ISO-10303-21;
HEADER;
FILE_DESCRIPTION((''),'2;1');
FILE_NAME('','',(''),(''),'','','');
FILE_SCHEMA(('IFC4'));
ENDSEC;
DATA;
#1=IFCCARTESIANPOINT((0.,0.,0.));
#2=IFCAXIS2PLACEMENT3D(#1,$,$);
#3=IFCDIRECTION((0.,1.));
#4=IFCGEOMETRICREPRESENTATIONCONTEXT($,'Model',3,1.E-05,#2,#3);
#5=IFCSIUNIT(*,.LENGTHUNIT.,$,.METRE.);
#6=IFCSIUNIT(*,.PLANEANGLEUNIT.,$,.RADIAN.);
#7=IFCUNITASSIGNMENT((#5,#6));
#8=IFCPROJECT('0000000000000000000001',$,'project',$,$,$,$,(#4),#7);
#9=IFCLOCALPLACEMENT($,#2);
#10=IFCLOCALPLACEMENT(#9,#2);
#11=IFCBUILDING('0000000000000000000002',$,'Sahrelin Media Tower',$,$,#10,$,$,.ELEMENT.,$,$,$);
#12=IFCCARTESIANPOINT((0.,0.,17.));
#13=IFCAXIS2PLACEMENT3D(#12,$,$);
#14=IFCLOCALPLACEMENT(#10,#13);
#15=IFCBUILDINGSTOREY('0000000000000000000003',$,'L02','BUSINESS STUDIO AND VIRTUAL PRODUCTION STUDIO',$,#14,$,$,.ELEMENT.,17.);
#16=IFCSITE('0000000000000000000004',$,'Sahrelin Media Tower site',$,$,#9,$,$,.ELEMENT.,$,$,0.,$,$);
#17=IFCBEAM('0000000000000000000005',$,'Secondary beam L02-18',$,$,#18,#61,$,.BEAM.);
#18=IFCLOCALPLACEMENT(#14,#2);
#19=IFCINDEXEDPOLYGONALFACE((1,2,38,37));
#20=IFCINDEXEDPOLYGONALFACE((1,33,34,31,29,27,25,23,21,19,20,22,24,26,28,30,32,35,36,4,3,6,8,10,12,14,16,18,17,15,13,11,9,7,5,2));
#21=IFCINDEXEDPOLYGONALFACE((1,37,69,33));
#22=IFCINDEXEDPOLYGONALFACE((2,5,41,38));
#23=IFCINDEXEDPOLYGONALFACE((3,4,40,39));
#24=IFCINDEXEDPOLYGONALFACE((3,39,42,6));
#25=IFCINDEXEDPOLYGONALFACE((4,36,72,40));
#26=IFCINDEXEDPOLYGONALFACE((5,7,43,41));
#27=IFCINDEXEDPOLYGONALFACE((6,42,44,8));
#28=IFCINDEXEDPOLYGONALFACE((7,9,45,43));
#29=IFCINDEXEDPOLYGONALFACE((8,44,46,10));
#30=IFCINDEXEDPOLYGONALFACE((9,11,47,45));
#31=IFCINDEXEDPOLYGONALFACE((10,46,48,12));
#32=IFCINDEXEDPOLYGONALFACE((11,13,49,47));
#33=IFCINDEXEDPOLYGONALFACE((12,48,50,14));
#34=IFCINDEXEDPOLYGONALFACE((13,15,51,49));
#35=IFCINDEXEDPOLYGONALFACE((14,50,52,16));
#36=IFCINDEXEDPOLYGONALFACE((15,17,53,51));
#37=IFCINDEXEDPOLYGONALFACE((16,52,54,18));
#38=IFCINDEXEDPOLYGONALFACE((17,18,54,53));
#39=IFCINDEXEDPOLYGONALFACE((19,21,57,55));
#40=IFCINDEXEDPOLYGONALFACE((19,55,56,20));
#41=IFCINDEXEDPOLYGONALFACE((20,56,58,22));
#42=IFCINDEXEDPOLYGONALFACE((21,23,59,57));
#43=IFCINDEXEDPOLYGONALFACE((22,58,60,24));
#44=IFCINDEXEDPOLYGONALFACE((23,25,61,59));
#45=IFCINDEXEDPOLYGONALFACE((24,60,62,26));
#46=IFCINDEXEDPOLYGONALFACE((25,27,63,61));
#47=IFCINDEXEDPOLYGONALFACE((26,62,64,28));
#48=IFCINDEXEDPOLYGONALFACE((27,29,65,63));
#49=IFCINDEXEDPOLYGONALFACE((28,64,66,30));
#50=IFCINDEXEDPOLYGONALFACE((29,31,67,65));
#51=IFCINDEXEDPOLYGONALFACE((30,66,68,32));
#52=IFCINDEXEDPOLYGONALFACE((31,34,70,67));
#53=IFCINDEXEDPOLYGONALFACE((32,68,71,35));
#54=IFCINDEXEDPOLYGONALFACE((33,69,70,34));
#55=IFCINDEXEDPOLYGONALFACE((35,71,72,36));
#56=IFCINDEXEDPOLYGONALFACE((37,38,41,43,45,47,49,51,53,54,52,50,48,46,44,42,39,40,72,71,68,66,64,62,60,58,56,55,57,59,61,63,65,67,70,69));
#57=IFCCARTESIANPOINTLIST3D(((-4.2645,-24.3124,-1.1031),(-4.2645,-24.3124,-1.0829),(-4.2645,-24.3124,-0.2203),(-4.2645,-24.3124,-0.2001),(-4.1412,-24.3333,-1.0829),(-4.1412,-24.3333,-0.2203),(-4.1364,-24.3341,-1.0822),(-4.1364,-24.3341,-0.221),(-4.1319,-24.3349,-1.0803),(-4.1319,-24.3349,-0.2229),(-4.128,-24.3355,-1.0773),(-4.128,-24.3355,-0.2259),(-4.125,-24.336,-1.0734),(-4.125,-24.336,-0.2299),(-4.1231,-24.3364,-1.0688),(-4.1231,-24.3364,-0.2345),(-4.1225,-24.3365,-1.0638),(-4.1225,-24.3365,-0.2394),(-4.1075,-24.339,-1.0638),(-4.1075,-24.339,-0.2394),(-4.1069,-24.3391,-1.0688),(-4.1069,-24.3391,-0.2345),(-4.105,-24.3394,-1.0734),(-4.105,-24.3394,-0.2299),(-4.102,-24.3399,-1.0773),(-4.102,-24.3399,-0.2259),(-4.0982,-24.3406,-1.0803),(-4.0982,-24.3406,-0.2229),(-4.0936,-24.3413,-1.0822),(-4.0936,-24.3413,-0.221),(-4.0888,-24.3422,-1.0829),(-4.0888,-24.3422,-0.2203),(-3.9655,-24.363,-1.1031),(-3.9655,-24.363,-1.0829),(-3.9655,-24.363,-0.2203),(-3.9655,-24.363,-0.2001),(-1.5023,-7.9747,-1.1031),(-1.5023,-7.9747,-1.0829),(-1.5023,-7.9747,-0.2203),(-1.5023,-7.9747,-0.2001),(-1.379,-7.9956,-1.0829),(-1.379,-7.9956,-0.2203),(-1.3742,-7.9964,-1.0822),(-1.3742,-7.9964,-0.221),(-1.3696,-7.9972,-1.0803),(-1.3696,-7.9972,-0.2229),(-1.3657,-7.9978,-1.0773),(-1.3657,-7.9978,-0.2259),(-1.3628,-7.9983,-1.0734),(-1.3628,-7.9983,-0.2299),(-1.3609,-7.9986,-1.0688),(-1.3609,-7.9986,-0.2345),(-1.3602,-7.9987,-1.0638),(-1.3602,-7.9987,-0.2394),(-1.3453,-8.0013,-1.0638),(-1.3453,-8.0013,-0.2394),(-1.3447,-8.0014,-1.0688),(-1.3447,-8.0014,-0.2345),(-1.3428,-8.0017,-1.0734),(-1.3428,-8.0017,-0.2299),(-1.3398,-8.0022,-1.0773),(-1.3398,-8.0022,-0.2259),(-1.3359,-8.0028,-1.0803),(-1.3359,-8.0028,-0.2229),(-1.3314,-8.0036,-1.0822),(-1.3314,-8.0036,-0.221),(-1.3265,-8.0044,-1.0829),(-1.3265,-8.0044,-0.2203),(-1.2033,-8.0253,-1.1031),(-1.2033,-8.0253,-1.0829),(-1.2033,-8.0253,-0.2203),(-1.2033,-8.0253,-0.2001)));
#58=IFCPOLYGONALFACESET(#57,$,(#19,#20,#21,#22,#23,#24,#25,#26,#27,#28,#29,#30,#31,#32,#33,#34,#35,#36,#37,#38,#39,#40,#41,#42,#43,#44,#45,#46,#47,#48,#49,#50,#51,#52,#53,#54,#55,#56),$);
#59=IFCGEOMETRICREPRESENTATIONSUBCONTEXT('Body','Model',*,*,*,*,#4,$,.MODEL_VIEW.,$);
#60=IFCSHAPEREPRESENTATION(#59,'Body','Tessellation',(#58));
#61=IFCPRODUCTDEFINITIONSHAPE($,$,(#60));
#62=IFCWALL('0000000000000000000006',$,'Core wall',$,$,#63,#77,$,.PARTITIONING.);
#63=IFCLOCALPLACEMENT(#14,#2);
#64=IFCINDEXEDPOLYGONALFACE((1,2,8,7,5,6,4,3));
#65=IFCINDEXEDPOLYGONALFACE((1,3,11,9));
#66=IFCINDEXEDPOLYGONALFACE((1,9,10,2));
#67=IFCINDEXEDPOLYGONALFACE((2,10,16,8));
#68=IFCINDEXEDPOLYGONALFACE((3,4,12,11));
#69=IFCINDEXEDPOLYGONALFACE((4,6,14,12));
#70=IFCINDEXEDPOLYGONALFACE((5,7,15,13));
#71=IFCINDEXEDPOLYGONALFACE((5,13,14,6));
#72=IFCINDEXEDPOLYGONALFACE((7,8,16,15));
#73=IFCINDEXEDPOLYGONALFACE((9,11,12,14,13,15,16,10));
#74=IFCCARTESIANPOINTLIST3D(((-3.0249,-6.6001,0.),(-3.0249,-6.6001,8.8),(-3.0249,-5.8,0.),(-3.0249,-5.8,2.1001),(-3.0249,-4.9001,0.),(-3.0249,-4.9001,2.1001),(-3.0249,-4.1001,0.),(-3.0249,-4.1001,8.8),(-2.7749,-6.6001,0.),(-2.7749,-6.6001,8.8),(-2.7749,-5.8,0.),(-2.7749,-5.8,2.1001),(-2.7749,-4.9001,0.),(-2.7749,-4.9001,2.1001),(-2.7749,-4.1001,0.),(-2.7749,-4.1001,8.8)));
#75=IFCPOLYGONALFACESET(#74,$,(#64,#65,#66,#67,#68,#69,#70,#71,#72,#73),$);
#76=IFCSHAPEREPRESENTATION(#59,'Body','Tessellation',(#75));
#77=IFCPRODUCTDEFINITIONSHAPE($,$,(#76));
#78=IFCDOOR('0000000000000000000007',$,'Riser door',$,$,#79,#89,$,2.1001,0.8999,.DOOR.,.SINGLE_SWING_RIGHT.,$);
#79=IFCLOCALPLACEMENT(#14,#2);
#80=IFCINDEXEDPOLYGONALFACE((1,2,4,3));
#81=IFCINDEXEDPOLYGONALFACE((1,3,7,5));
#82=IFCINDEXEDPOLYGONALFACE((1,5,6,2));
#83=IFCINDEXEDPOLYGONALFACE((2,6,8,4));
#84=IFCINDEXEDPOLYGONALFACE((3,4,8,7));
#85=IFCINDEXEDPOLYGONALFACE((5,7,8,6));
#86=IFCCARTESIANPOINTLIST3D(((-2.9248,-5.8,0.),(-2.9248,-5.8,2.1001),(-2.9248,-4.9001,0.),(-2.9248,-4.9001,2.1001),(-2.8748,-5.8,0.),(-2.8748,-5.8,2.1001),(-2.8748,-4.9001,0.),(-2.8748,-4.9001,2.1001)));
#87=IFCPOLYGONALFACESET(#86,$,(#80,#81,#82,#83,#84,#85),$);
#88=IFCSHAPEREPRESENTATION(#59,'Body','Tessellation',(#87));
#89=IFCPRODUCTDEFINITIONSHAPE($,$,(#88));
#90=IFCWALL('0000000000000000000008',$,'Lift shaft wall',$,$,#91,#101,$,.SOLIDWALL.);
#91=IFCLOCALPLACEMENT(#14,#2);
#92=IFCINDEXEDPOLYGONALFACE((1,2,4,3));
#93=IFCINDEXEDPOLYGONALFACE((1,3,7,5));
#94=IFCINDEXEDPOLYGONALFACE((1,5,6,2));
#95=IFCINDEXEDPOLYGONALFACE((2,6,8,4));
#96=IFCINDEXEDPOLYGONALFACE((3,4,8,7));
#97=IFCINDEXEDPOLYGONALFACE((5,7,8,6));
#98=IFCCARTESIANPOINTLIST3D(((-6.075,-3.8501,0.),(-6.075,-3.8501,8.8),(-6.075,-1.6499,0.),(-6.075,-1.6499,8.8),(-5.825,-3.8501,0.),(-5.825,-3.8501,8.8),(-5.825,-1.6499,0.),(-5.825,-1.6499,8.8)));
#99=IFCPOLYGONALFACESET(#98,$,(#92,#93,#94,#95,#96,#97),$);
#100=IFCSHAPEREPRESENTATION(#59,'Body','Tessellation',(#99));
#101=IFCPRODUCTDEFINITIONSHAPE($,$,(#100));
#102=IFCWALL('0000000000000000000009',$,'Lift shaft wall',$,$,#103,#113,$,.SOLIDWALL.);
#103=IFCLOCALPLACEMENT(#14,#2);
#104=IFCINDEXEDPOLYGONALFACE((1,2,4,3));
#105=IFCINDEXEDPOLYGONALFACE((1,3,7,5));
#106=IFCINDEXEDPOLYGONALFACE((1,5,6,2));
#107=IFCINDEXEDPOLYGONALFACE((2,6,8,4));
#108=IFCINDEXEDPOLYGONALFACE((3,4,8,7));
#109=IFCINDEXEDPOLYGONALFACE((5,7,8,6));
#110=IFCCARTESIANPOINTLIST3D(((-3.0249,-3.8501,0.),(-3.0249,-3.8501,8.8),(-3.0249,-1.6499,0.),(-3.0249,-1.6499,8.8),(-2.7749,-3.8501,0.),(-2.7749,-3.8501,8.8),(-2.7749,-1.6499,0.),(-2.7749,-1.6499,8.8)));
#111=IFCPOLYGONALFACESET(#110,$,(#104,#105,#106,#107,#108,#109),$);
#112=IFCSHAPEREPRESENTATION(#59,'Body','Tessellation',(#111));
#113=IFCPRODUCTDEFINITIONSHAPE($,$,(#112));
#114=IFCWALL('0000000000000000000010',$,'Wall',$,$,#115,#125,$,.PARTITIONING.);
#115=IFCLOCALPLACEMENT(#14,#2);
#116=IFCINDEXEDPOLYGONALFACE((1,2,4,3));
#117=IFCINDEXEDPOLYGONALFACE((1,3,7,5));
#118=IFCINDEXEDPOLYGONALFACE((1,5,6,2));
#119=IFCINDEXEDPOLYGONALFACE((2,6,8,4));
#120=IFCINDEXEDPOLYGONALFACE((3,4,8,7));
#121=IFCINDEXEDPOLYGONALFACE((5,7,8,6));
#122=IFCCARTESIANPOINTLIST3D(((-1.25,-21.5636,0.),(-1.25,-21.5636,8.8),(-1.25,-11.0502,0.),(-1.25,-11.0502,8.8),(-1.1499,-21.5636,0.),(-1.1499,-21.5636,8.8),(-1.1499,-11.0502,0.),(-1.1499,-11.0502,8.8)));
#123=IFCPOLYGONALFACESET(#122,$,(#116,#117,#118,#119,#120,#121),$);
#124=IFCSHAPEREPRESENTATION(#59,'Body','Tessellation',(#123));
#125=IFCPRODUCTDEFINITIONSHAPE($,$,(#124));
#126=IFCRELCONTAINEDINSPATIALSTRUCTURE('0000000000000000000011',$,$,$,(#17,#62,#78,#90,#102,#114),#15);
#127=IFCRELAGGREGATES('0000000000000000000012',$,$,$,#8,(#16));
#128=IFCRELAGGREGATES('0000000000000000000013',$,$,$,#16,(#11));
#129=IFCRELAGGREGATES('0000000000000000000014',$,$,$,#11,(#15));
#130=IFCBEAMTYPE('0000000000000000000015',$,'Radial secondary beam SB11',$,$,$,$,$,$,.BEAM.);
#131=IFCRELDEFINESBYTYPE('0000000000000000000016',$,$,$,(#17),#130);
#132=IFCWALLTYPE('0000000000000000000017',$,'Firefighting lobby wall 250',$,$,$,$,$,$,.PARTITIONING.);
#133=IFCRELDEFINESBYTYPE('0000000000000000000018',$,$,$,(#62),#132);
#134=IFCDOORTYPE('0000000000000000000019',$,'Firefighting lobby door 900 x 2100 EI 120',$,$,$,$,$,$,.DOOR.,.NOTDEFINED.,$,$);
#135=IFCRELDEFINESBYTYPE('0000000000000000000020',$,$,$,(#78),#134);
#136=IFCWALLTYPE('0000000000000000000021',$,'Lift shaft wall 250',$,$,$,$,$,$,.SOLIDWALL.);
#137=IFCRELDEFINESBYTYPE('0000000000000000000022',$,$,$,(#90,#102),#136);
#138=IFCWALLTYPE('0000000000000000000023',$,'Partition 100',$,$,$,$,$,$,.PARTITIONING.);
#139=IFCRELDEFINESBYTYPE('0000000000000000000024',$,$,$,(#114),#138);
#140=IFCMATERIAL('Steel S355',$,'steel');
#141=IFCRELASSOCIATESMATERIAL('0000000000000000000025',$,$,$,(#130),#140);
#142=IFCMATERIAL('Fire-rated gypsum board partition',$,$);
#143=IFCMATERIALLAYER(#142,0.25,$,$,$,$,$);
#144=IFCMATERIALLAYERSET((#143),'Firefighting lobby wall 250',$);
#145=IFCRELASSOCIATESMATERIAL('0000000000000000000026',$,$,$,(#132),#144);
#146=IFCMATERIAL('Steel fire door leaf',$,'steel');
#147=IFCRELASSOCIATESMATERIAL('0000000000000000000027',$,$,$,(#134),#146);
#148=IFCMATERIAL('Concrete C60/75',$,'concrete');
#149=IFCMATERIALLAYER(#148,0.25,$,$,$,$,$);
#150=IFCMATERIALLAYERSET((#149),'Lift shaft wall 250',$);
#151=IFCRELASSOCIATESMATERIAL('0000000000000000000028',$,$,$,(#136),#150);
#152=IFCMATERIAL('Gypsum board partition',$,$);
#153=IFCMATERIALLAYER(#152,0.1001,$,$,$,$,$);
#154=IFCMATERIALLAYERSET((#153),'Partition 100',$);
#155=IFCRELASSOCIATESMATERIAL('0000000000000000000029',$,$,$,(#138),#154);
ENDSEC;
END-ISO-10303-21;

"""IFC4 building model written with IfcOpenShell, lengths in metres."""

from ifc_helpers import new_model, si_unit, direction, frame, frame_2d, origin, origin_2d, place, context, subcontext, project, spatial, rectangle, i_section, extrude, material, layer, layer_set, material_profile, profile_set, type_object, element, fill, save


model = new_model("IFC4")

# Units and contexts
model_context = context("Model", 3, precision=1e-05, world=origin(), true_north=direction((0.0, 1.0)))
body_context = subcontext(model_context, "Body", "Model", "MODEL_VIEW")
ifc_project = project(units=[si_unit("LENGTHUNIT", "METRE"), si_unit("PLANEANGLEUNIT", "RADIAN")], contexts=[model_context])

# Site, building, storey
site_placement = place(None, origin())
site = spatial("IfcSite", under=ifc_project, at=site_placement, Name="Sahrelin Media Tower site", CompositionType="ELEMENT", RefElevation=0.0)
building_placement = place(site_placement, origin())
building = spatial("IfcBuilding", under=site, at=building_placement, Name="Sahrelin Media Tower", CompositionType="ELEMENT")
storey_placement = place(building_placement, frame((0.0, 0.0, 17.0)))
storey = spatial("IfcBuildingStorey", under=building, at=storey_placement, Name="L02", Description="BUSINESS STUDIO AND VIRTUAL PRODUCTION STUDIO", CompositionType="ELEMENT", Elevation=17.0)

# Beam
ifc_material_1 = material(Name="Steel S355", Category="steel")
ifc_material_profile_1 = material_profile(ifc_material_1, i_section(OverallWidth=0.3032, OverallDepth=0.9031, WebThickness=0.0151, FlangeThickness=0.0203, FilletRadius=0.019, at=origin_2d()), Name="UB 914x305x201")
ifc_profile_set_1 = profile_set([ifc_material_profile_1], Name="Steel S355")
beam_type_1 = type_object("IfcBeamType", Name="Radial secondary beam SB11", PredefinedType="BEAM", material=ifc_profile_set_1)
beam_1_placement = place(storey_placement, frame((-1.3528, -8.0, -0.6516), z_axis=(-0.166704, -0.986007, 0.0), x_axis=(0.986007, -0.166704, 0.0)))
element("IfcBeam", 1, at=beam_1_placement, inside=storey, type_object=beam_type_1, Name="Secondary beam L02-18", PredefinedType="BEAM", context=body_context, shape_type="SweptSolid", body=[
    extrude(i_section(OverallWidth=0.3032, OverallDepth=0.9031, WebThickness=0.0151, FlangeThickness=0.0203, FilletRadius=0.019, at=origin_2d()), origin(), (0.0, 0.0, 1.0), 16.5696),
])

# Wall, opening, door
ifc_material_2 = material(Name="Fire-rated gypsum board partition")
ifc_layer_1 = layer(ifc_material_2, 0.25)
ifc_layer_set_1 = layer_set([ifc_layer_1], Name="Firefighting lobby wall 250")
wall_type_1 = type_object("IfcWallType", Name="Firefighting lobby wall 250", PredefinedType="PARTITIONING", material=ifc_layer_set_1)
wall_1_placement = place(storey_placement, frame((-2.8999, -6.6001, 0.0), z_axis=(0.0, 0.0, 1.0), x_axis=(0.0, 1.0, 0.0)))
wall_1 = element("IfcWall", 2, at=wall_1_placement, inside=storey, type_object=wall_type_1, Name="Core wall", PredefinedType="PARTITIONING", context=body_context, shape_type="SweptSolid", body=[
    extrude(rectangle(XDim=2.5, YDim=0.25, at=frame_2d((1.25, 0.0))), origin(), (0.0, 0.0, 1.0), 8.8),
])
opening_placement = place(wall_1_placement, frame((0.8, 0.0, 0.0)))
opening = element("IfcOpeningElement", 3, at=opening_placement, cuts=wall_1, PredefinedType="OPENING", context=body_context, shape_type="SweptSolid", body=[
    extrude(rectangle(XDim=0.8999, YDim=2.1001, at=frame_2d((0.45, 1.05))), frame((0.0, 0.125, 0.0), z_axis=(0.0, -1.0, 0.0), x_axis=(1.0, 0.0, 0.0)), (0.0, 0.0, 1.0), 0.25),
])
ifc_material_3 = material(Name="Steel fire door leaf", Category="steel")
door_type = type_object("IfcDoorType", Name="Firefighting lobby door 900 x 2100 EI 120", OperationType="NOTDEFINED", PredefinedType="DOOR", material=ifc_material_3)
door_placement = place(opening_placement, origin())
door = element("IfcDoor", 4, at=door_placement, inside=storey, type_object=door_type, Name="Riser door", OperationType="SINGLE_SWING_RIGHT", OverallHeight=2.1001, OverallWidth=0.8999, PredefinedType="DOOR", context=body_context, shape_type="SweptSolid", body=[
    extrude(rectangle(XDim=0.8999, YDim=2.1001, at=frame_2d((0.45, 1.05))), frame((0.0, 0.0249, 0.0), z_axis=(0.0, -1.0, 0.0), x_axis=(1.0, 0.0, 0.0)), (0.0, 0.0, 1.0), 0.05),
])
fill(opening, door)

# Walls
ifc_material_4 = material(Name="Concrete C60/75", Category="concrete")
ifc_layer_2 = layer(ifc_material_4, 0.25)
ifc_layer_set_2 = layer_set([ifc_layer_2], Name="Lift shaft wall 250")
wall_type_2 = type_object("IfcWallType", Name="Lift shaft wall 250", PredefinedType="SOLIDWALL", material=ifc_layer_set_2)
for number, where, z_axis, x_axis, name in (
    (5, (-5.95, -3.8501, 0.0), (0.0, 0.0, 1.0), (0.0, 1.0, 0.0), "Lift shaft wall"),
    (6, (-2.8999, -3.8501, 0.0), (0.0, 0.0, 1.0), (0.0, 1.0, 0.0), "Lift shaft wall"),
):
    element("IfcWall", number, at=place(storey_placement, frame(where, z_axis=z_axis, x_axis=x_axis)), inside=storey, type_object=wall_type_2, Name=name, PredefinedType="SOLIDWALL", context=body_context, shape_type="SweptSolid", body=[
        extrude(rectangle(XDim=2.2002, YDim=0.25, at=frame_2d((1.1001, 0.0))), origin(), (0.0, 0.0, 1.0), 8.8),
    ])
ifc_material_5 = material(Name="Gypsum board partition")
ifc_layer_3 = layer(ifc_material_5, 0.1001)
ifc_layer_set_3 = layer_set([ifc_layer_3], Name="Partition 100")
wall_type_3 = type_object("IfcWallType", Name="Partition 100", PredefinedType="PARTITIONING", material=ifc_layer_set_3)
wall_2_placement = place(storey_placement, frame((-1.2, -11.05, 0.0), z_axis=(0.0, 0.0, 1.0), x_axis=(0.0, -1.0, 0.0)))
element("IfcWall", 7, at=wall_2_placement, inside=storey, type_object=wall_type_3, Name="Wall", PredefinedType="PARTITIONING", context=body_context, shape_type="SweptSolid", body=[
    extrude(rectangle(XDim=10.5134, YDim=0.1001, at=frame_2d((5.2568, 0.0))), origin(), (0.0, 0.0, 1.0), 8.8),
])

save(model, "model.ifc")
